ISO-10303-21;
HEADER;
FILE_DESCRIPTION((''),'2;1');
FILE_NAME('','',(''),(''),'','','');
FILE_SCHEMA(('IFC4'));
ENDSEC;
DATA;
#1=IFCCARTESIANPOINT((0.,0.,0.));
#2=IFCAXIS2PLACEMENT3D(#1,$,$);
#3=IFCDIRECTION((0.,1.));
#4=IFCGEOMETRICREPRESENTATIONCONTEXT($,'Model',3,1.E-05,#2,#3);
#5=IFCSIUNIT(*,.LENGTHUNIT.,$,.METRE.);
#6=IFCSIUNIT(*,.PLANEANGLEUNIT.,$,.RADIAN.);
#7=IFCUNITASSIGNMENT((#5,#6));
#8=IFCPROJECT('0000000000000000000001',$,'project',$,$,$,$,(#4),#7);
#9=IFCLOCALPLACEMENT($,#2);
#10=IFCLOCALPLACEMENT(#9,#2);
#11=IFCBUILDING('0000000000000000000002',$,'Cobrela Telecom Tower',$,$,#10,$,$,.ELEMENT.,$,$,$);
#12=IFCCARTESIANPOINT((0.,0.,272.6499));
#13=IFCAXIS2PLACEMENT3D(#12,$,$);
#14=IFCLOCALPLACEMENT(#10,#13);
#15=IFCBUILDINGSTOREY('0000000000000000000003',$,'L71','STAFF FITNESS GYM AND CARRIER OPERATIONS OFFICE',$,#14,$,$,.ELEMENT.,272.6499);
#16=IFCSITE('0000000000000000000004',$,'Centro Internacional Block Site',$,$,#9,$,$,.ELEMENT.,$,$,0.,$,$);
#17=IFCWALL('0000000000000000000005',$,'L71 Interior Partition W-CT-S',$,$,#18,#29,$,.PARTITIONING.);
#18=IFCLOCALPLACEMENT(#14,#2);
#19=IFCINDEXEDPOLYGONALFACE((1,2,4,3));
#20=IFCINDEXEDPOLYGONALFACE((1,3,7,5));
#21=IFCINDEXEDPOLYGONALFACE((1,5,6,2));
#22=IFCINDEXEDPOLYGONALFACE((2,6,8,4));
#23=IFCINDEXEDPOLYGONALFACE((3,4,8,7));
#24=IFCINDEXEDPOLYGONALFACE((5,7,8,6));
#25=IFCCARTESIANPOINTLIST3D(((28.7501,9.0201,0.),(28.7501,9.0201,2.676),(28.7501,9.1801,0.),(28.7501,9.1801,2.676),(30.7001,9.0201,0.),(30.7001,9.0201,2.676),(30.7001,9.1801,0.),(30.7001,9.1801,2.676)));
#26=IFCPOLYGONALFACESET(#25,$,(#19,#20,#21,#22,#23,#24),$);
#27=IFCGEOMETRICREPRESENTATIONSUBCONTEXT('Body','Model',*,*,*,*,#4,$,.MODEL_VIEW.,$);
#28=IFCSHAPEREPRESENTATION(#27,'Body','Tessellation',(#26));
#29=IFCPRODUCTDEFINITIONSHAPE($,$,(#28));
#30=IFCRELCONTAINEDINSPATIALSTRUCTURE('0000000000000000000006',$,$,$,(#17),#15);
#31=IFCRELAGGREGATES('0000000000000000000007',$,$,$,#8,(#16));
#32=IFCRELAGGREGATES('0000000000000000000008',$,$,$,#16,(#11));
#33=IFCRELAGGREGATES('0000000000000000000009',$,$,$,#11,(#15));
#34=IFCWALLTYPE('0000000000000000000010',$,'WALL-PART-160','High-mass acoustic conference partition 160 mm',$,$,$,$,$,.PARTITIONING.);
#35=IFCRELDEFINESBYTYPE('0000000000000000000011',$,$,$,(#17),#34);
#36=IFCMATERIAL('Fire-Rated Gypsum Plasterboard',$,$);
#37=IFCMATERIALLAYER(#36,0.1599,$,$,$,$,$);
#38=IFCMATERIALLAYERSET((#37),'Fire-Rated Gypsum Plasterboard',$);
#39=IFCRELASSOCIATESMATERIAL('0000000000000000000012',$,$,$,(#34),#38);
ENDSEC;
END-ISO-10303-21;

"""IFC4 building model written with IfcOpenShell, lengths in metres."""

from ifc_helpers import new_model, si_unit, direction, frame, frame_2d, origin, place, context, subcontext, project, spatial, rectangle, extrude, material, layer, layer_set, type_object, element, save


model = new_model("IFC4")

# Units and contexts
model_context = context("Model", 3, precision=1e-05, world=origin(), true_north=direction((0.0, 1.0)))
body_context = subcontext(model_context, "Body", "Model", "MODEL_VIEW")
ifc_project = project(units=[si_unit("LENGTHUNIT", "METRE"), si_unit("PLANEANGLEUNIT", "RADIAN")], contexts=[model_context])

# Site, building, storey
site_placement = place(None, origin())
site = spatial("IfcSite", under=ifc_project, at=site_placement, Name="Centro Internacional Block Site", CompositionType="ELEMENT", RefElevation=0.0)
building_placement = place(site_placement, origin())
building = spatial("IfcBuilding", under=site, at=building_placement, Name="Cobrela Telecom Tower", CompositionType="ELEMENT")
storey_placement = place(building_placement, frame((0.0, 0.0, 272.6499)))
storey = spatial("IfcBuildingStorey", under=building, at=storey_placement, Name="L71", Description="STAFF FITNESS GYM AND CARRIER OPERATIONS OFFICE", CompositionType="ELEMENT", Elevation=272.6499)

# Shared definitions
ifc_material_1 = material(Name="Fire-Rated Gypsum Plasterboard")

# Wall
ifc_layer_1 = layer(ifc_material_1, 0.1599)
ifc_layer_set_1 = layer_set([ifc_layer_1], Name="Fire-Rated Gypsum Plasterboard")
wall_type_1 = type_object("IfcWallType", Name="WALL-PART-160", Description="High-mass acoustic conference partition 160 mm", PredefinedType="PARTITIONING", material=ifc_layer_set_1)
wall_1_placement = place(storey_placement, frame((28.75, 9.1001, 0.0), z_axis=(0.0, 0.0, 1.0), x_axis=(1.0, 0.0, 0.0)))
element("IfcWall", 1, at=wall_1_placement, inside=storey, type_object=wall_type_1, Name="L71 Interior Partition W-CT-S", PredefinedType="PARTITIONING", context=body_context, shape_type="SweptSolid", body=[
    extrude(rectangle(XDim=1.95, YDim=0.1599, at=frame_2d((0.9751, 0.0))), origin(), (0.0, 0.0, 1.0), 2.676),
])

save(model, "model.ifc")
